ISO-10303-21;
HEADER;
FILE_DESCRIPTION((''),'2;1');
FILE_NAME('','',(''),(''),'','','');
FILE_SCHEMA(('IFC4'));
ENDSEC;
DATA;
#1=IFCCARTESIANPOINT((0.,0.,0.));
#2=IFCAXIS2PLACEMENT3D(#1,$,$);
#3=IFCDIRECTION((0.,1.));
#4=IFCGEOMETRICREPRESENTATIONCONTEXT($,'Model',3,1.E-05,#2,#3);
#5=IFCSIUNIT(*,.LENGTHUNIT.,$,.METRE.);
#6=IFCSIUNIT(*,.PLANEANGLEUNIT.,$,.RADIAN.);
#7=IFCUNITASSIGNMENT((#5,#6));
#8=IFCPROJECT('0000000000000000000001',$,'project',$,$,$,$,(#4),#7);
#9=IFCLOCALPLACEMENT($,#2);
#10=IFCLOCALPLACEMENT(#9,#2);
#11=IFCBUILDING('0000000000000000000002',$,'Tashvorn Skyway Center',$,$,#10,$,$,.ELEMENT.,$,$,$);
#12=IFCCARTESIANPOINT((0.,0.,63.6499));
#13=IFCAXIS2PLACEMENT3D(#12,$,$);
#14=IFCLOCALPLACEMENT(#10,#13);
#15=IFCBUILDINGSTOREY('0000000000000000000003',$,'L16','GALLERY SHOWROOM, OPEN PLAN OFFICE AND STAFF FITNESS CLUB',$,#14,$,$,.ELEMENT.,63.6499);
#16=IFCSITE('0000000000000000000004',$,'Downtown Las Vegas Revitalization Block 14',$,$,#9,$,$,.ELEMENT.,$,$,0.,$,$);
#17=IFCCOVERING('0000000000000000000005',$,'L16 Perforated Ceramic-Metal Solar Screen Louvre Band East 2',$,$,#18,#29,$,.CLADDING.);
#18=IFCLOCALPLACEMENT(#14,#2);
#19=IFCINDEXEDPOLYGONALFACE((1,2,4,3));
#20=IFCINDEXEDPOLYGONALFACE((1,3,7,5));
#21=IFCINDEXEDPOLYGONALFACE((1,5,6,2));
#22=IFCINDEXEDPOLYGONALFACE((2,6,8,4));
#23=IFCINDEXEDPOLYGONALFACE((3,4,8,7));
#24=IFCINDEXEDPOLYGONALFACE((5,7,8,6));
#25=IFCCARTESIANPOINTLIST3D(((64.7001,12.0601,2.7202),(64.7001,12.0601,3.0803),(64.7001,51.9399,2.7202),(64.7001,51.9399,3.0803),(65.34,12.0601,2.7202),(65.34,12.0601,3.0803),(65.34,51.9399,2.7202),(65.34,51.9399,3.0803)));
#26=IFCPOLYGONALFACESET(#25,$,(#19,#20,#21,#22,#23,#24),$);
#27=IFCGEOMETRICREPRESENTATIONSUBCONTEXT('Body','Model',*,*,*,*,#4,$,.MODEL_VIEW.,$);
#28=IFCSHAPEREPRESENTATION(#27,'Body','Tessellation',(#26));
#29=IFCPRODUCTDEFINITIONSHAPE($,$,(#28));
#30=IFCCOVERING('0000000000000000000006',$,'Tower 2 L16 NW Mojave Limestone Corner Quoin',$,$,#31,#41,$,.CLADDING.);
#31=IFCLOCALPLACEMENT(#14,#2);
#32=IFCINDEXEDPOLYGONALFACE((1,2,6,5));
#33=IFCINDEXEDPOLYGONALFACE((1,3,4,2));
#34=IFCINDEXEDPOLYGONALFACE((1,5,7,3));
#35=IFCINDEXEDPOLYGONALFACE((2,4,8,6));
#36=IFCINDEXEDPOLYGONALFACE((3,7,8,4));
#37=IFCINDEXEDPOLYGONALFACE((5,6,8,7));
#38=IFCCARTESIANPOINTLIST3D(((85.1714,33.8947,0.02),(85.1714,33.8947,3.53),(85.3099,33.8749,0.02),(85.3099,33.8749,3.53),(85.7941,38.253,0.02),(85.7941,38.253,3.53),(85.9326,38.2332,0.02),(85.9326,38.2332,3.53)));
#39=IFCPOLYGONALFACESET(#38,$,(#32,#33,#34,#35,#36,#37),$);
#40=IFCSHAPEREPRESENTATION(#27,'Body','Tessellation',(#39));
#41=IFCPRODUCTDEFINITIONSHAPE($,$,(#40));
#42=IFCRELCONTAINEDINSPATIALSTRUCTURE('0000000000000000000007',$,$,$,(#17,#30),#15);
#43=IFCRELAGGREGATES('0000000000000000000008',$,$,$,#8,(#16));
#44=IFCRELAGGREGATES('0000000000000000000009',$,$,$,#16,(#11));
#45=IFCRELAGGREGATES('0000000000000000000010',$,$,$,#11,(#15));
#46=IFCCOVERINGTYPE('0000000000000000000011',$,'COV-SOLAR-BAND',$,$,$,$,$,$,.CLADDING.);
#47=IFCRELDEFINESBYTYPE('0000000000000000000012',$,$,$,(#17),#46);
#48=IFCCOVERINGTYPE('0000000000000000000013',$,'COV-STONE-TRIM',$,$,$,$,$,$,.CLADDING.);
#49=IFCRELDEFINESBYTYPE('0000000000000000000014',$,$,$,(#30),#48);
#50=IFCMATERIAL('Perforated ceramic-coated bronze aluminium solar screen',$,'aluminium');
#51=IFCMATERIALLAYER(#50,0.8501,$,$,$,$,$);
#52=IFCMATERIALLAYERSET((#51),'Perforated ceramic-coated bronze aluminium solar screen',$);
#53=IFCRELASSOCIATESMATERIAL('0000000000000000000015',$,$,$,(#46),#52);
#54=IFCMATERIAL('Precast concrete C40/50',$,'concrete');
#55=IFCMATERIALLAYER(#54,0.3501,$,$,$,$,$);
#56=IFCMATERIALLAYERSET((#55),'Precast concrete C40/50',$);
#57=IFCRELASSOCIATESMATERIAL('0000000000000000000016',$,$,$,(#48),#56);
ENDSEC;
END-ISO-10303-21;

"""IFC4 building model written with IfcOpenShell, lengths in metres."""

from ifc_helpers import new_model, si_unit, direction, frame, origin, origin_2d, place, context, subcontext, project, spatial, rectangle, extrude, material, layer, layer_set, type_object, element, save


model = new_model("IFC4")

# Units and contexts
model_context = context("Model", 3, precision=1e-05, world=origin(), true_north=direction((0.0, 1.0)))
body_context = subcontext(model_context, "Body", "Model", "MODEL_VIEW")
ifc_project = project(units=[si_unit("LENGTHUNIT", "METRE"), si_unit("PLANEANGLEUNIT", "RADIAN")], contexts=[model_context])

# Site, building, storey
site_placement = place(None, origin())
site = spatial("IfcSite", under=ifc_project, at=site_placement, Name="Downtown Las Vegas Revitalization Block 14", CompositionType="ELEMENT", RefElevation=0.0)
building_placement = place(site_placement, origin())
building = spatial("IfcBuilding", under=site, at=building_placement, Name="Tashvorn Skyway Center", CompositionType="ELEMENT")
storey_placement = place(building_placement, frame((0.0, 0.0, 63.6499)))
storey = spatial("IfcBuildingStorey", under=building, at=storey_placement, Name="L16", Description="GALLERY SHOWROOM, OPEN PLAN OFFICE AND STAFF FITNESS CLUB", CompositionType="ELEMENT", Elevation=63.6499)

# Shared definitions
ifc_material_1 = material(Name="Precast concrete C40/50", Category="concrete")

# Coverings
ifc_material_2 = material(Name="Perforated ceramic-coated bronze aluminium solar screen", Category="aluminium")
ifc_layer_1 = layer(ifc_material_2, 0.8501)
ifc_layer_set_1 = layer_set([ifc_layer_1], Name="Perforated ceramic-coated bronze aluminium solar screen")
covering_type_1 = type_object("IfcCoveringType", Name="COV-SOLAR-BAND", PredefinedType="CLADDING", material=ifc_layer_set_1)
for number, where, z_axis, x_axis, name in (
    (1, (65.02, 32.0, 2.7202), (0.0, 0.0, 1.0), (0.0, -1.0, 0.0), "L16 Perforated Ceramic-Metal Solar Screen Louvre Band East 2"),
):
    element("IfcCovering", number, at=place(storey_placement, frame(where, z_axis=z_axis, x_axis=x_axis)), inside=storey, type_object=covering_type_1, Name=name, PredefinedType="CLADDING", context=body_context, shape_type="SweptSolid", body=[
        extrude(rectangle(XDim=39.8799, YDim=0.6399, at=origin_2d()), origin(), (0.0, 0.0, 1.0), 0.3601),
    ])
ifc_layer_2 = layer(ifc_material_1, 0.3501)
ifc_layer_set_2 = layer_set([ifc_layer_2], Name="Precast concrete C40/50")
covering_type_2 = type_object("IfcCoveringType", Name="COV-STONE-TRIM", PredefinedType="CLADDING", material=ifc_layer_set_2)
covering_1_placement = place(storey_placement, frame((85.552, 36.064, 0.02), z_axis=(0.0, 0.0, 1.0), x_axis=(-0.141421, -0.989949, 0.0)))
element("IfcCovering", 2, at=covering_1_placement, inside=storey, type_object=covering_type_2, Name="Tower 2 L16 NW Mojave Limestone Corner Quoin", PredefinedType="CLADDING", context=body_context, shape_type="SweptSolid", body=[
    extrude(rectangle(XDim=4.4026, YDim=0.1399, at=origin_2d()), origin(), (0.0, 0.0, 1.0), 3.51),
])

save(model, "model.ifc")
